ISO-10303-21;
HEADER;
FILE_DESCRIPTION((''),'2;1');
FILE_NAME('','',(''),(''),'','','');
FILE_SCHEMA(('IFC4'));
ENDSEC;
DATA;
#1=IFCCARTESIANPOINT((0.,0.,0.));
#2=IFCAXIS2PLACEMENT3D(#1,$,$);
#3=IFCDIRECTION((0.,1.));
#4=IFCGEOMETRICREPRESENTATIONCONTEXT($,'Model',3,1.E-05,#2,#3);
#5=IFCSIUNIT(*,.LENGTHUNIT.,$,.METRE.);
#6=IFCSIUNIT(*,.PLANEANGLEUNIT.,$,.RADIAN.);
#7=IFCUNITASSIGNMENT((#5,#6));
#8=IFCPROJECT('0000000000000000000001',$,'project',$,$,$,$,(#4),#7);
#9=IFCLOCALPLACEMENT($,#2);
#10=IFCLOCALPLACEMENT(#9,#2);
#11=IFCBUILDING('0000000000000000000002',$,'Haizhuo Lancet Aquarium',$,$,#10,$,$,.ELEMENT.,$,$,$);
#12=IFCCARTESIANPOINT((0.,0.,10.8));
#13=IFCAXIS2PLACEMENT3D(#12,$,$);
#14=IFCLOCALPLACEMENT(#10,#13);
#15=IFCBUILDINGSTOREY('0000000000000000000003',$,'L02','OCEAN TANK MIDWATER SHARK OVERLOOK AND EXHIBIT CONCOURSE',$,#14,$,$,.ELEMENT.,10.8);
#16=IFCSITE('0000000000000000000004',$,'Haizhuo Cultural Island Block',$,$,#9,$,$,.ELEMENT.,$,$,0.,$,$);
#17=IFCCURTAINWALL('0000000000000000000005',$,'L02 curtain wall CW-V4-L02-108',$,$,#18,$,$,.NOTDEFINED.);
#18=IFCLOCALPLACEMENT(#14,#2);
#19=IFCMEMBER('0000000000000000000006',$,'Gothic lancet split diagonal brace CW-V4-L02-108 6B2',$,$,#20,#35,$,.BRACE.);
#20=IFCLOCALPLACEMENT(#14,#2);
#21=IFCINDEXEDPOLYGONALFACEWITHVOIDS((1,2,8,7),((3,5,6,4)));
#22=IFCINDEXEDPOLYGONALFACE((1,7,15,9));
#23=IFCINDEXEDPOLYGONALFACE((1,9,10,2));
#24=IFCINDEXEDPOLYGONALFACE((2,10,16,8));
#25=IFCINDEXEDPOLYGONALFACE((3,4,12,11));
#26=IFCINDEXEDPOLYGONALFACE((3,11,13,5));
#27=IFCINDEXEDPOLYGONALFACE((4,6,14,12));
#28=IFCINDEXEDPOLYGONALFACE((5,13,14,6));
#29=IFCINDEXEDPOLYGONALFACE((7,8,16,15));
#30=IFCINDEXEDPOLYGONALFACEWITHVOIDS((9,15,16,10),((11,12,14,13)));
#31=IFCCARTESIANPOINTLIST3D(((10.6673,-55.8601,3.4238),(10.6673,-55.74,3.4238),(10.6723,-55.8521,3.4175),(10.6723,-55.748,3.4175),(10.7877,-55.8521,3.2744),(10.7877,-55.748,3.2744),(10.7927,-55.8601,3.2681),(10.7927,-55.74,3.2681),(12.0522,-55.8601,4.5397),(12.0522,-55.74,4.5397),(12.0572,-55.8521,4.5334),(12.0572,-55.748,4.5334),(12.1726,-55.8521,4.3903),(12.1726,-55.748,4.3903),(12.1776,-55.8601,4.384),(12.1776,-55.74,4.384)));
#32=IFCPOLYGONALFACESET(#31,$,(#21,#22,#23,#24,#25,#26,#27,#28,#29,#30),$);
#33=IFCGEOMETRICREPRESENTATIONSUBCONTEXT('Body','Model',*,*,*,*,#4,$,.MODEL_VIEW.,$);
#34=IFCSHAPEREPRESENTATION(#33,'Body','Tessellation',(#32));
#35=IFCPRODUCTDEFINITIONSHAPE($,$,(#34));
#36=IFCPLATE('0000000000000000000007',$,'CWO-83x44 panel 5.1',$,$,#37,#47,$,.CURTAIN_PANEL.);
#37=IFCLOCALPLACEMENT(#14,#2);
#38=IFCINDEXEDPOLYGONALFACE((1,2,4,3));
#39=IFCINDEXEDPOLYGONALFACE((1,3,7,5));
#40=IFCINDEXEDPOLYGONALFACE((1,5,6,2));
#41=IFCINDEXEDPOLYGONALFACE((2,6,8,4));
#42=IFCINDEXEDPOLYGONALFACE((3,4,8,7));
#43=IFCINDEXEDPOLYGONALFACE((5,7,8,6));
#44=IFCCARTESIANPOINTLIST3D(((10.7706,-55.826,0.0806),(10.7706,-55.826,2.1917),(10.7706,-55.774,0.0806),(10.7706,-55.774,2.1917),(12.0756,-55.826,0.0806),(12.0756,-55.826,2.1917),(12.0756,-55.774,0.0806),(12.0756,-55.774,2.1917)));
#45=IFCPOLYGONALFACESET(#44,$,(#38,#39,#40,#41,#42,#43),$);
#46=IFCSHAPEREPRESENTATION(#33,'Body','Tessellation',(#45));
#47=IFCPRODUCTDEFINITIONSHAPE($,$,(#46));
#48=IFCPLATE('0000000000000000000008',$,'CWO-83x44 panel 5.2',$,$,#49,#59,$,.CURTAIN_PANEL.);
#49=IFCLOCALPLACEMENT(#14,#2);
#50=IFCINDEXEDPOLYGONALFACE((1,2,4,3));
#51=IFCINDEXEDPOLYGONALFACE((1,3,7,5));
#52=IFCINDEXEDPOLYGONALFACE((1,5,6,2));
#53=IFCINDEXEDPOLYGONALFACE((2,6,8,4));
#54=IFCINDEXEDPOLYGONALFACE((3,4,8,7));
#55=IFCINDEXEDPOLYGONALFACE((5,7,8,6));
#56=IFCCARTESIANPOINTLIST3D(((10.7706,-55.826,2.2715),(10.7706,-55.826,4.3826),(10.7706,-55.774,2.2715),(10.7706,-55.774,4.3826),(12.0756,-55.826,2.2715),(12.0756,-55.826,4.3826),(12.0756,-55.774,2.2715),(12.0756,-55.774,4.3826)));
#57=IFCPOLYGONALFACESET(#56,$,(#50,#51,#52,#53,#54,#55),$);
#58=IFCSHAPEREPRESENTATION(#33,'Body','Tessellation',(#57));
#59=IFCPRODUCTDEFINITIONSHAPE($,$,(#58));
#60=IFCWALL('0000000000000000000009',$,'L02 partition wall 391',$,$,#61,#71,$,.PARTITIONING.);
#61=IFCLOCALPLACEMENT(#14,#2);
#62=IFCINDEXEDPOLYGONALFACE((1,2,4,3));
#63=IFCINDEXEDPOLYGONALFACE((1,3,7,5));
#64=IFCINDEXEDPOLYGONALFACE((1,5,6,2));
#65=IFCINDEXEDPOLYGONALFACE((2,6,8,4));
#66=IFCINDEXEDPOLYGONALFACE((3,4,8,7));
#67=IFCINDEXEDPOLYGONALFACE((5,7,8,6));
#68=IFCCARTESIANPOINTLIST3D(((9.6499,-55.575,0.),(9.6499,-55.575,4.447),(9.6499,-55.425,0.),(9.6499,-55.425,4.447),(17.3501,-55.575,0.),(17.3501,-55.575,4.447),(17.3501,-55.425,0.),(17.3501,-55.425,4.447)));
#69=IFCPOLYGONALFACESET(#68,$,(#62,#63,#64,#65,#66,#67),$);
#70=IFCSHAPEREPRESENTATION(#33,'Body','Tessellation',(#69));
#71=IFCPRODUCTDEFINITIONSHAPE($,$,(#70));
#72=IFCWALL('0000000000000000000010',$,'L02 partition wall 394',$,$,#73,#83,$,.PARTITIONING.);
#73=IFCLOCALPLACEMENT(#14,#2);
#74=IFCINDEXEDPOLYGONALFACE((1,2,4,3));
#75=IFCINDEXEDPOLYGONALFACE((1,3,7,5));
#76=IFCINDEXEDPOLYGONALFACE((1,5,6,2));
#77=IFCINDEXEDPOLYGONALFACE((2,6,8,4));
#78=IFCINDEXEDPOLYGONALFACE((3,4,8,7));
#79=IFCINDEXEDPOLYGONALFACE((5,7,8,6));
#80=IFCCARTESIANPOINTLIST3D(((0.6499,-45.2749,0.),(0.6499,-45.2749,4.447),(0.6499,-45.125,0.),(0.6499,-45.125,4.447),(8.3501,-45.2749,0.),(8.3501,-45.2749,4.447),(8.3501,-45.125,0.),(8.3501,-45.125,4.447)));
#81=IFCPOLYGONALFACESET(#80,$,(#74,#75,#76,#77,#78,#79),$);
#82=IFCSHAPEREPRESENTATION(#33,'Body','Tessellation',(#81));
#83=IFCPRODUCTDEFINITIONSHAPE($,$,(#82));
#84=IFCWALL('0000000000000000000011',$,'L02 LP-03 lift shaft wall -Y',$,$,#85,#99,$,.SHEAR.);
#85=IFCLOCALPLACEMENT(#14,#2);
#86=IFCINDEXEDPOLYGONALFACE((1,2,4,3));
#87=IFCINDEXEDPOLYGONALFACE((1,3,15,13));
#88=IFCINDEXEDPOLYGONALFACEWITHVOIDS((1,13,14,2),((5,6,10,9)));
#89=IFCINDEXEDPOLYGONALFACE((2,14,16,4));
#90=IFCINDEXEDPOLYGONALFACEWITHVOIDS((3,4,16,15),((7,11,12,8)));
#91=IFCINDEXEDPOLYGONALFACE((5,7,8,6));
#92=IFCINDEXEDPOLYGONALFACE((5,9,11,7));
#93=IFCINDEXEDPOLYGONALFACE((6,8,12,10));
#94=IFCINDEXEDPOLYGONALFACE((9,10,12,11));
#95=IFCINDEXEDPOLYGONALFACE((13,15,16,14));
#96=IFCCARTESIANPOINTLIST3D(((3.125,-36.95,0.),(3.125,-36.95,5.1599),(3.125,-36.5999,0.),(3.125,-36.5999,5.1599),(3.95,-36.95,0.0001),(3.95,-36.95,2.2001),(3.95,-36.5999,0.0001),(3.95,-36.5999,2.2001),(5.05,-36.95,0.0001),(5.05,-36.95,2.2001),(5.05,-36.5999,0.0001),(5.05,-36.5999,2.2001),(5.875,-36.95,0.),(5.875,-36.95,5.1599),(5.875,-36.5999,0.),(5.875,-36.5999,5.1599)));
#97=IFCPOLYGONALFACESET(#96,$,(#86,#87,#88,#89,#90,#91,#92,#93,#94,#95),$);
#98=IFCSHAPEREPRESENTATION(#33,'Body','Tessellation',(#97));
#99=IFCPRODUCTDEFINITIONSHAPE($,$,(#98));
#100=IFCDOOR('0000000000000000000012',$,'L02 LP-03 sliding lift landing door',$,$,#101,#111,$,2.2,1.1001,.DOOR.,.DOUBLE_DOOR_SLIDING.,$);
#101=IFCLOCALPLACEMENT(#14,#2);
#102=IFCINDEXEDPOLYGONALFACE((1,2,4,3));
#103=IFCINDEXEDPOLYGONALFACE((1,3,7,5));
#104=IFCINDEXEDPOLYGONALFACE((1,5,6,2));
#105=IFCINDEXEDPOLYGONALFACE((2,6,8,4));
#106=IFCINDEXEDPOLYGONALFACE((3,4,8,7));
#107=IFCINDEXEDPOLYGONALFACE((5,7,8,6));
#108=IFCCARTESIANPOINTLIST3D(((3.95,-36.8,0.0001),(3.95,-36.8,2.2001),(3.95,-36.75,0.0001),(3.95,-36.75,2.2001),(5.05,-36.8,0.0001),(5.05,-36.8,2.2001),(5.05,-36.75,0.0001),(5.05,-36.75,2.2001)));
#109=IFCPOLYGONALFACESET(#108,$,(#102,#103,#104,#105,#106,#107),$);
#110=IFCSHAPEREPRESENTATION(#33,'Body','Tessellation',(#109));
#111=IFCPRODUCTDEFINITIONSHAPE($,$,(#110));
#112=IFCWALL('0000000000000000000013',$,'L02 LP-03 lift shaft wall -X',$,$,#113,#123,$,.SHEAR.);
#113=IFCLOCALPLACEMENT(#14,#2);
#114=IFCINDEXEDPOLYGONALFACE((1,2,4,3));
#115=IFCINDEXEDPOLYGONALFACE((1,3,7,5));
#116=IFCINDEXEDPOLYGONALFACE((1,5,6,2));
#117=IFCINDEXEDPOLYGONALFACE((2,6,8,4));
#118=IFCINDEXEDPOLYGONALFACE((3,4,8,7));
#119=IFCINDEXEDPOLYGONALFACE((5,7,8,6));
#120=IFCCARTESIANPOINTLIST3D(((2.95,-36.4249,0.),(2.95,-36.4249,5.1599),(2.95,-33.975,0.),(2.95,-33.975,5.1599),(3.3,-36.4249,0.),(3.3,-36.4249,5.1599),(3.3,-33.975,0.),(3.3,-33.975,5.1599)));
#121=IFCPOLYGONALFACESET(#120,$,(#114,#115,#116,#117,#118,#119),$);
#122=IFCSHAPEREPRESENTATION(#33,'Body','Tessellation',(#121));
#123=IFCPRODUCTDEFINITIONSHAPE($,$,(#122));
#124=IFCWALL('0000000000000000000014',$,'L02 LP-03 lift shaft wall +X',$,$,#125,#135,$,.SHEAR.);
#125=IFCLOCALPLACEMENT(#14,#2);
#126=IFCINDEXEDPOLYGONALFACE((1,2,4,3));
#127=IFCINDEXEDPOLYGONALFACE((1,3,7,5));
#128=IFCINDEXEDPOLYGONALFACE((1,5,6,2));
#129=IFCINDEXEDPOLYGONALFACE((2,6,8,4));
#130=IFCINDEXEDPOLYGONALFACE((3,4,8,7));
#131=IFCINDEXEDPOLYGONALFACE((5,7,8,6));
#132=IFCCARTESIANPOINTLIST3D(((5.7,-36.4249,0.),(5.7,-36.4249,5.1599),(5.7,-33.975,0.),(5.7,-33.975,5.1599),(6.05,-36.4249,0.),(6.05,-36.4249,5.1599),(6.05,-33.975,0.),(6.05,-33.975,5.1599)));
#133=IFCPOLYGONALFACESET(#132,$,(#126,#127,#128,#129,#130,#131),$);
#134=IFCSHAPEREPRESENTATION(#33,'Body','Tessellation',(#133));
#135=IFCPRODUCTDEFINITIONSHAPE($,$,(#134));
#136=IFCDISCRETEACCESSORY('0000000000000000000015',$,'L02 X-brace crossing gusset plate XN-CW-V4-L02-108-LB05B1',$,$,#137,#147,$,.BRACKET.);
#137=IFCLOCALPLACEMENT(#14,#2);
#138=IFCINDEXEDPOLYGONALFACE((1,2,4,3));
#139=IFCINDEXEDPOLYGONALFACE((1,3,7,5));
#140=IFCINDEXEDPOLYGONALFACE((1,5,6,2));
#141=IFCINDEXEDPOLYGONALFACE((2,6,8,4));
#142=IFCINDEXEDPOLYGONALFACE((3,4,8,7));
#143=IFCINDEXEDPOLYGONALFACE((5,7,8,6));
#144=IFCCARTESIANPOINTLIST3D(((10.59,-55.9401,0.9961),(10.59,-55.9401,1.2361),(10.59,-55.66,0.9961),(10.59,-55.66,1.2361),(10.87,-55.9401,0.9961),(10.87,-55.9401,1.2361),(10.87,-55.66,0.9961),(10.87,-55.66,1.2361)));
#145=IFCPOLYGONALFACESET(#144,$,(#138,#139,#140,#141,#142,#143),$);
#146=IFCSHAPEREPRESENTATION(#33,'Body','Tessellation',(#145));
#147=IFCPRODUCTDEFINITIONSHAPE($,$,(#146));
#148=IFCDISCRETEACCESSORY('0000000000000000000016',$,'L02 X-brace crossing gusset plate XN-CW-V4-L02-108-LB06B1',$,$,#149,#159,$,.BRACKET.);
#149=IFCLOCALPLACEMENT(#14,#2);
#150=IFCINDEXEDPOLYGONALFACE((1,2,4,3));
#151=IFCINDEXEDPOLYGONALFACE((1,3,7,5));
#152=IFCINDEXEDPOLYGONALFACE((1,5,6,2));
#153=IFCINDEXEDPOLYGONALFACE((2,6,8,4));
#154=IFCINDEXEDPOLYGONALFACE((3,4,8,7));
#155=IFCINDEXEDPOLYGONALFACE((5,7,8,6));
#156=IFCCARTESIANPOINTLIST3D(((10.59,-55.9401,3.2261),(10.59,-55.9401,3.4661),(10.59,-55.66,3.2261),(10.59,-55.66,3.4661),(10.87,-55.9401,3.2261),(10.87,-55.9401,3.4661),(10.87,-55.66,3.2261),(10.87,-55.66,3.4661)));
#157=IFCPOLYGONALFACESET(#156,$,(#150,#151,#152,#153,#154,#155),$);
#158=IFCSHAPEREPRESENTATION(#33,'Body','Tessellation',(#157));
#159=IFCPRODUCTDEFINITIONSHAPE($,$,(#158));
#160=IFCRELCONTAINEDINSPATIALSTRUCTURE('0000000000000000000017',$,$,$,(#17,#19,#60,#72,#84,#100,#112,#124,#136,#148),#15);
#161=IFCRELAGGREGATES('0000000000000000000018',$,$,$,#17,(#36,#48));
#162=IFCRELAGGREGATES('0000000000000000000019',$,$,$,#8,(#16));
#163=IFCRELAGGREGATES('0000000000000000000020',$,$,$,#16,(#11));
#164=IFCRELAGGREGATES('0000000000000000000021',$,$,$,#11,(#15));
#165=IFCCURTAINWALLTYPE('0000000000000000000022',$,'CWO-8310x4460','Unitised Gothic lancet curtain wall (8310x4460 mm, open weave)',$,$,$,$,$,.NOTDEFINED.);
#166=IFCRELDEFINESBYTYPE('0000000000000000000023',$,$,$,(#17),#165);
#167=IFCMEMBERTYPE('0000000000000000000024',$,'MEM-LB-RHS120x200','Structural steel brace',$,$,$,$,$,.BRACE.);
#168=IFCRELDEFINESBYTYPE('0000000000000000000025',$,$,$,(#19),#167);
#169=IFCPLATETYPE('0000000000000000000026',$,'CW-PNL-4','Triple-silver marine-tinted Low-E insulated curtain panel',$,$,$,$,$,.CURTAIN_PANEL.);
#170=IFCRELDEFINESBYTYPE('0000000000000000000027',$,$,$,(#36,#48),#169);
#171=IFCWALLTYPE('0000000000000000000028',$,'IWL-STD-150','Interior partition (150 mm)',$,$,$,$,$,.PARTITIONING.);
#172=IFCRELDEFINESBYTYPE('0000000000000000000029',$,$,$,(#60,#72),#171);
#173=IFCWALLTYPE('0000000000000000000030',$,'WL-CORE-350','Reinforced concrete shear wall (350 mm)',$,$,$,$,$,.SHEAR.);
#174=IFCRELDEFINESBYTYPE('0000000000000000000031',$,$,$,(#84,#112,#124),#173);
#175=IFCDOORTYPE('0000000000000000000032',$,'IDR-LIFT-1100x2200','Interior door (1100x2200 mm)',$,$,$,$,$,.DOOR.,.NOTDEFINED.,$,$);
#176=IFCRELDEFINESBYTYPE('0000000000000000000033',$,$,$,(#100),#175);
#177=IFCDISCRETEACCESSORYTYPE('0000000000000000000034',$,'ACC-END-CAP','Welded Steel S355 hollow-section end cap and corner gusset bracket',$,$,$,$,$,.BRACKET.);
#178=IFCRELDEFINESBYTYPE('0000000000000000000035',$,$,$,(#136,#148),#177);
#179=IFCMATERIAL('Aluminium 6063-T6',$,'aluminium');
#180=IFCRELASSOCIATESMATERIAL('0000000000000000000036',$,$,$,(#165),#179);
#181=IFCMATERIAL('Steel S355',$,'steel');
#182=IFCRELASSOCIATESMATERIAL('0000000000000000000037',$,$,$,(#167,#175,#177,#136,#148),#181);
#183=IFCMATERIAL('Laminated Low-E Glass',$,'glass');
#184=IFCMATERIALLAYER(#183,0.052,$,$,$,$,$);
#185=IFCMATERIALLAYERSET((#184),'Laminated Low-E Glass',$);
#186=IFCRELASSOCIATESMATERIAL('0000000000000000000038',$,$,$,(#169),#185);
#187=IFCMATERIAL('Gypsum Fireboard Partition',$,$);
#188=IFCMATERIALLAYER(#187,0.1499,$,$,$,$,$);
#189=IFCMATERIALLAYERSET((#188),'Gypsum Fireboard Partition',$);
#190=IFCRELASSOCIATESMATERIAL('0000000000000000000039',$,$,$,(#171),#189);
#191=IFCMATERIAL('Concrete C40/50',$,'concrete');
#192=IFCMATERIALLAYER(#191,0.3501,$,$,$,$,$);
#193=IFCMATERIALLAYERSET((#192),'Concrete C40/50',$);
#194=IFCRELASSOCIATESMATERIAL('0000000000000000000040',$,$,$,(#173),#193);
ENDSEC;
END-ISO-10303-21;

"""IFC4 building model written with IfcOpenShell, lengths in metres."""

from ifc_helpers import new_model, si_unit, direction, frame, frame_2d, origin, origin_2d, place, context, subcontext, project, spatial, rectangle, hollow_rectangle, extrude, material, layer, layer_set, material_profile, profile_set, type_object, element, fill, aggregate, save


model = new_model("IFC4")

# Units and contexts
model_context = context("Model", 3, precision=1e-05, world=origin(), true_north=direction((0.0, 1.0)))
body_context = subcontext(model_context, "Body", "Model", "MODEL_VIEW")
ifc_project = project(units=[si_unit("LENGTHUNIT", "METRE"), si_unit("PLANEANGLEUNIT", "RADIAN")], contexts=[model_context])

# Site, building, storey
site_placement = place(None, origin())
site = spatial("IfcSite", under=ifc_project, at=site_placement, Name="Haizhuo Cultural Island Block", CompositionType="ELEMENT", RefElevation=0.0)
building_placement = place(site_placement, origin())
building = spatial("IfcBuilding", under=site, at=building_placement, Name="Haizhuo Lancet Aquarium", CompositionType="ELEMENT")
storey_placement = place(building_placement, frame((0.0, 0.0, 10.8)))
storey = spatial("IfcBuildingStorey", under=building, at=storey_placement, Name="L02", Description="OCEAN TANK MIDWATER SHARK OVERLOOK AND EXHIBIT CONCOURSE", CompositionType="ELEMENT", Elevation=10.8)

# Shared definitions
ifc_material_1 = material(Name="Steel S355", Category="steel")

# Curtain wall
ifc_material_2 = material(Name="Aluminium 6063-T6", Category="aluminium")
curtain_wall_type_1 = type_object("IfcCurtainWallType", Name="CWO-8310x4460", Description="Unitised Gothic lancet curtain wall (8310x4460 mm, open weave)", PredefinedType="NOTDEFINED", material=ifc_material_2)
curtain_wall_1_placement = place(storey_placement, origin())
curtain_wall_1 = element("IfcCurtainWall", 1, at=curtain_wall_1_placement, inside=storey, type_object=curtain_wall_type_1, Name="L02 curtain wall CW-V4-L02-108", PredefinedType="NOTDEFINED")

# Member
ifc_material_profile_1 = material_profile(ifc_material_1, hollow_rectangle(XDim=0.1201, YDim=0.2, WallThickness=0.0081, at=origin_2d()), Name="RHS 120x200x8")
ifc_profile_set_1 = profile_set([ifc_material_profile_1], Name="Steel S355")
member_type_1 = type_object("IfcMemberType", Name="MEM-LB-RHS120x200", Description="Structural steel brace", PredefinedType="BRACE", material=ifc_profile_set_1)
member_1_placement = place(storey_placement, frame((10.73, -55.8, 3.3459), z_axis=(0.778681, 0.0, 0.62742), x_axis=(0.0, 1.0, 0.0)))
element("IfcMember", 2, at=member_1_placement, inside=storey, type_object=member_type_1, Name="Gothic lancet split diagonal brace CW-V4-L02-108 6B2", PredefinedType="BRACE", context=body_context, shape_type="SweptSolid", body=[
    extrude(hollow_rectangle(XDim=0.1201, YDim=0.2, WallThickness=0.0081, at=origin_2d()), origin(), (0.0, 0.0, 1.0), 1.7786),
])

# Plates
ifc_material_3 = material(Name="Laminated Low-E Glass", Category="glass")
ifc_layer_1 = layer(ifc_material_3, 0.052)
ifc_layer_set_1 = layer_set([ifc_layer_1], Name="Laminated Low-E Glass")
plate_type = type_object("IfcPlateType", Name="CW-PNL-4", Description="Triple-silver marine-tinted Low-E insulated curtain panel", PredefinedType="CURTAIN_PANEL", material=ifc_layer_set_1)
plate_1_placement = place(storey_placement, frame((11.4231, -55.8, 0.0806), z_axis=(0.0, 0.0, 1.0), x_axis=(-1.0, 0.0, 0.0)))
plate_1 = element("IfcPlate", 3, at=plate_1_placement, type_object=plate_type, Name="CWO-83x44 panel 5.1", PredefinedType="CURTAIN_PANEL", context=body_context, shape_type="SweptSolid", body=[
    extrude(rectangle(XDim=1.3049, YDim=0.052, at=origin_2d()), origin(), (0.0, 0.0, 1.0), 2.1111),
])
plate_2_placement = place(storey_placement, frame((11.4231, -55.8, 2.2715), z_axis=(0.0, 0.0, 1.0), x_axis=(-1.0, 0.0, 0.0)))
plate_2 = element("IfcPlate", 4, at=plate_2_placement, type_object=plate_type, Name="CWO-83x44 panel 5.2", PredefinedType="CURTAIN_PANEL", context=body_context, shape_type="SweptSolid", body=[
    extrude(rectangle(XDim=1.3049, YDim=0.052, at=origin_2d()), origin(), (0.0, 0.0, 1.0), 2.1111),
])
aggregate(curtain_wall_1, [plate_1, plate_2])

# Walls
ifc_material_4 = material(Name="Gypsum Fireboard Partition")
ifc_layer_2 = layer(ifc_material_4, 0.1499)
ifc_layer_set_2 = layer_set([ifc_layer_2], Name="Gypsum Fireboard Partition")
wall_type_1 = type_object("IfcWallType", Name="IWL-STD-150", Description="Interior partition (150 mm)", PredefinedType="PARTITIONING", material=ifc_layer_set_2)
for number, where, z_axis, x_axis, name in (
    (5, (9.6499, -55.5, 0.0), (0.0, 0.0, 1.0), (1.0, 0.0, 0.0), "L02 partition wall 391"),
    (6, (8.3501, -45.2, 0.0), (0.0, 0.0, 1.0), (-1.0, 0.0, 0.0), "L02 partition wall 394"),
):
    element("IfcWall", number, at=place(storey_placement, frame(where, z_axis=z_axis, x_axis=x_axis)), inside=storey, type_object=wall_type_1, Name=name, PredefinedType="PARTITIONING", context=body_context, shape_type="SweptSolid", body=[
        extrude(rectangle(XDim=7.7002, YDim=0.1499, at=frame_2d((3.8501, 0.0))), origin(), (0.0, 0.0, 1.0), 4.447),
    ])

# Wall, opening, door
ifc_material_5 = material(Name="Concrete C40/50", Category="concrete")
ifc_layer_3 = layer(ifc_material_5, 0.3501)
ifc_layer_set_3 = layer_set([ifc_layer_3], Name="Concrete C40/50")
wall_type_2 = type_object("IfcWallType", Name="WL-CORE-350", Description="Reinforced concrete shear wall (350 mm)", PredefinedType="SHEAR", material=ifc_layer_set_3)
wall_placement = place(storey_placement, frame((3.125, -36.7749, 0.0), z_axis=(0.0, 0.0, 1.0), x_axis=(1.0, 0.0, 0.0)))
wall = element("IfcWall", 7, at=wall_placement, inside=storey, type_object=wall_type_2, Name="L02 LP-03 lift shaft wall -Y", PredefinedType="SHEAR", context=body_context, shape_type="SweptSolid", body=[
    extrude(rectangle(XDim=2.75, YDim=0.3501, at=frame_2d((1.375, 0.0))), origin(), (0.0, 0.0, 1.0), 5.1599),
])
opening_placement = place(wall_placement, frame((0.825, 0.0, 0.0)))
opening = element("IfcOpeningElement", 8, at=opening_placement, cuts=wall, PredefinedType="OPENING", context=body_context, shape_type="SweptSolid", body=[
    extrude(rectangle(XDim=1.1001, YDim=2.2, at=frame_2d((0.55, 1.1001))), frame((0.0, 0.1851, 0.0), z_axis=(0.0, -1.0, 0.0), x_axis=(1.0, 0.0, 0.0)), (0.0, 0.0, 1.0), 0.3701),
])
door_type = type_object("IfcDoorType", Name="IDR-LIFT-1100x2200", Description="Interior door (1100x2200 mm)", OperationType="NOTDEFINED", PredefinedType="DOOR", material=ifc_material_1)
door_placement = place(opening_placement, origin())
door = element("IfcDoor", 9, at=door_placement, inside=storey, type_object=door_type, Name="L02 LP-03 sliding lift landing door", OperationType="DOUBLE_DOOR_SLIDING", OverallHeight=2.2, OverallWidth=1.1001, PredefinedType="DOOR", context=body_context, shape_type="SweptSolid", body=[
    extrude(rectangle(XDim=1.1001, YDim=2.2, at=frame_2d((0.55, 1.1001))), frame((0.0, 0.0249, 0.0), z_axis=(0.0, -1.0, 0.0), x_axis=(1.0, 0.0, 0.0)), (0.0, 0.0, 1.0), 0.05),
])
fill(opening, door)

# Walls
for number, where, z_axis, x_axis, name in (
    (10, (3.125, -36.425, 0.0), (0.0, 0.0, 1.0), (0.0, 1.0, 0.0), "L02 LP-03 lift shaft wall -X"),
    (11, (5.875, -36.425, 0.0), (0.0, 0.0, 1.0), (0.0, 1.0, 0.0), "L02 LP-03 lift shaft wall +X"),
):
    element("IfcWall", number, at=place(storey_placement, frame(where, z_axis=z_axis, x_axis=x_axis)), inside=storey, type_object=wall_type_2, Name=name, PredefinedType="SHEAR", context=body_context, shape_type="SweptSolid", body=[
        extrude(rectangle(XDim=2.45, YDim=0.3501, at=frame_2d((1.2251, 0.0))), origin(), (0.0, 0.0, 1.0), 5.1599),
    ])

# Discrete accessories
discrete_accessory_type = type_object("IfcDiscreteAccessoryType", Name="ACC-END-CAP", Description="Welded Steel S355 hollow-section end cap and corner gusset bracket", PredefinedType="BRACKET", material=ifc_material_1)
for number, where, z_axis, x_axis, name in (
    (12, (10.73, -55.8, 0.9961), (0.0, 0.0, 1.0), (1.0, 0.0, 0.0), "L02 X-brace crossing gusset plate XN-CW-V4-L02-108-LB05B1"),
    (13, (10.73, -55.8, 3.2261), (0.0, 0.0, 1.0), (1.0, 0.0, 0.0), "L02 X-brace crossing gusset plate XN-CW-V4-L02-108-LB06B1"),
):
    element("IfcDiscreteAccessory", number, at=place(storey_placement, frame(where, z_axis=z_axis, x_axis=x_axis)), inside=storey, type_object=discrete_accessory_type, material=ifc_material_1, Name=name, PredefinedType="BRACKET", context=body_context, shape_type="SweptSolid", body=[
        extrude(rectangle(XDim=0.28, YDim=0.28, at=origin_2d()), origin(), (0.0, 0.0, 1.0), 0.24),
    ])

save(model, "model.ifc")
